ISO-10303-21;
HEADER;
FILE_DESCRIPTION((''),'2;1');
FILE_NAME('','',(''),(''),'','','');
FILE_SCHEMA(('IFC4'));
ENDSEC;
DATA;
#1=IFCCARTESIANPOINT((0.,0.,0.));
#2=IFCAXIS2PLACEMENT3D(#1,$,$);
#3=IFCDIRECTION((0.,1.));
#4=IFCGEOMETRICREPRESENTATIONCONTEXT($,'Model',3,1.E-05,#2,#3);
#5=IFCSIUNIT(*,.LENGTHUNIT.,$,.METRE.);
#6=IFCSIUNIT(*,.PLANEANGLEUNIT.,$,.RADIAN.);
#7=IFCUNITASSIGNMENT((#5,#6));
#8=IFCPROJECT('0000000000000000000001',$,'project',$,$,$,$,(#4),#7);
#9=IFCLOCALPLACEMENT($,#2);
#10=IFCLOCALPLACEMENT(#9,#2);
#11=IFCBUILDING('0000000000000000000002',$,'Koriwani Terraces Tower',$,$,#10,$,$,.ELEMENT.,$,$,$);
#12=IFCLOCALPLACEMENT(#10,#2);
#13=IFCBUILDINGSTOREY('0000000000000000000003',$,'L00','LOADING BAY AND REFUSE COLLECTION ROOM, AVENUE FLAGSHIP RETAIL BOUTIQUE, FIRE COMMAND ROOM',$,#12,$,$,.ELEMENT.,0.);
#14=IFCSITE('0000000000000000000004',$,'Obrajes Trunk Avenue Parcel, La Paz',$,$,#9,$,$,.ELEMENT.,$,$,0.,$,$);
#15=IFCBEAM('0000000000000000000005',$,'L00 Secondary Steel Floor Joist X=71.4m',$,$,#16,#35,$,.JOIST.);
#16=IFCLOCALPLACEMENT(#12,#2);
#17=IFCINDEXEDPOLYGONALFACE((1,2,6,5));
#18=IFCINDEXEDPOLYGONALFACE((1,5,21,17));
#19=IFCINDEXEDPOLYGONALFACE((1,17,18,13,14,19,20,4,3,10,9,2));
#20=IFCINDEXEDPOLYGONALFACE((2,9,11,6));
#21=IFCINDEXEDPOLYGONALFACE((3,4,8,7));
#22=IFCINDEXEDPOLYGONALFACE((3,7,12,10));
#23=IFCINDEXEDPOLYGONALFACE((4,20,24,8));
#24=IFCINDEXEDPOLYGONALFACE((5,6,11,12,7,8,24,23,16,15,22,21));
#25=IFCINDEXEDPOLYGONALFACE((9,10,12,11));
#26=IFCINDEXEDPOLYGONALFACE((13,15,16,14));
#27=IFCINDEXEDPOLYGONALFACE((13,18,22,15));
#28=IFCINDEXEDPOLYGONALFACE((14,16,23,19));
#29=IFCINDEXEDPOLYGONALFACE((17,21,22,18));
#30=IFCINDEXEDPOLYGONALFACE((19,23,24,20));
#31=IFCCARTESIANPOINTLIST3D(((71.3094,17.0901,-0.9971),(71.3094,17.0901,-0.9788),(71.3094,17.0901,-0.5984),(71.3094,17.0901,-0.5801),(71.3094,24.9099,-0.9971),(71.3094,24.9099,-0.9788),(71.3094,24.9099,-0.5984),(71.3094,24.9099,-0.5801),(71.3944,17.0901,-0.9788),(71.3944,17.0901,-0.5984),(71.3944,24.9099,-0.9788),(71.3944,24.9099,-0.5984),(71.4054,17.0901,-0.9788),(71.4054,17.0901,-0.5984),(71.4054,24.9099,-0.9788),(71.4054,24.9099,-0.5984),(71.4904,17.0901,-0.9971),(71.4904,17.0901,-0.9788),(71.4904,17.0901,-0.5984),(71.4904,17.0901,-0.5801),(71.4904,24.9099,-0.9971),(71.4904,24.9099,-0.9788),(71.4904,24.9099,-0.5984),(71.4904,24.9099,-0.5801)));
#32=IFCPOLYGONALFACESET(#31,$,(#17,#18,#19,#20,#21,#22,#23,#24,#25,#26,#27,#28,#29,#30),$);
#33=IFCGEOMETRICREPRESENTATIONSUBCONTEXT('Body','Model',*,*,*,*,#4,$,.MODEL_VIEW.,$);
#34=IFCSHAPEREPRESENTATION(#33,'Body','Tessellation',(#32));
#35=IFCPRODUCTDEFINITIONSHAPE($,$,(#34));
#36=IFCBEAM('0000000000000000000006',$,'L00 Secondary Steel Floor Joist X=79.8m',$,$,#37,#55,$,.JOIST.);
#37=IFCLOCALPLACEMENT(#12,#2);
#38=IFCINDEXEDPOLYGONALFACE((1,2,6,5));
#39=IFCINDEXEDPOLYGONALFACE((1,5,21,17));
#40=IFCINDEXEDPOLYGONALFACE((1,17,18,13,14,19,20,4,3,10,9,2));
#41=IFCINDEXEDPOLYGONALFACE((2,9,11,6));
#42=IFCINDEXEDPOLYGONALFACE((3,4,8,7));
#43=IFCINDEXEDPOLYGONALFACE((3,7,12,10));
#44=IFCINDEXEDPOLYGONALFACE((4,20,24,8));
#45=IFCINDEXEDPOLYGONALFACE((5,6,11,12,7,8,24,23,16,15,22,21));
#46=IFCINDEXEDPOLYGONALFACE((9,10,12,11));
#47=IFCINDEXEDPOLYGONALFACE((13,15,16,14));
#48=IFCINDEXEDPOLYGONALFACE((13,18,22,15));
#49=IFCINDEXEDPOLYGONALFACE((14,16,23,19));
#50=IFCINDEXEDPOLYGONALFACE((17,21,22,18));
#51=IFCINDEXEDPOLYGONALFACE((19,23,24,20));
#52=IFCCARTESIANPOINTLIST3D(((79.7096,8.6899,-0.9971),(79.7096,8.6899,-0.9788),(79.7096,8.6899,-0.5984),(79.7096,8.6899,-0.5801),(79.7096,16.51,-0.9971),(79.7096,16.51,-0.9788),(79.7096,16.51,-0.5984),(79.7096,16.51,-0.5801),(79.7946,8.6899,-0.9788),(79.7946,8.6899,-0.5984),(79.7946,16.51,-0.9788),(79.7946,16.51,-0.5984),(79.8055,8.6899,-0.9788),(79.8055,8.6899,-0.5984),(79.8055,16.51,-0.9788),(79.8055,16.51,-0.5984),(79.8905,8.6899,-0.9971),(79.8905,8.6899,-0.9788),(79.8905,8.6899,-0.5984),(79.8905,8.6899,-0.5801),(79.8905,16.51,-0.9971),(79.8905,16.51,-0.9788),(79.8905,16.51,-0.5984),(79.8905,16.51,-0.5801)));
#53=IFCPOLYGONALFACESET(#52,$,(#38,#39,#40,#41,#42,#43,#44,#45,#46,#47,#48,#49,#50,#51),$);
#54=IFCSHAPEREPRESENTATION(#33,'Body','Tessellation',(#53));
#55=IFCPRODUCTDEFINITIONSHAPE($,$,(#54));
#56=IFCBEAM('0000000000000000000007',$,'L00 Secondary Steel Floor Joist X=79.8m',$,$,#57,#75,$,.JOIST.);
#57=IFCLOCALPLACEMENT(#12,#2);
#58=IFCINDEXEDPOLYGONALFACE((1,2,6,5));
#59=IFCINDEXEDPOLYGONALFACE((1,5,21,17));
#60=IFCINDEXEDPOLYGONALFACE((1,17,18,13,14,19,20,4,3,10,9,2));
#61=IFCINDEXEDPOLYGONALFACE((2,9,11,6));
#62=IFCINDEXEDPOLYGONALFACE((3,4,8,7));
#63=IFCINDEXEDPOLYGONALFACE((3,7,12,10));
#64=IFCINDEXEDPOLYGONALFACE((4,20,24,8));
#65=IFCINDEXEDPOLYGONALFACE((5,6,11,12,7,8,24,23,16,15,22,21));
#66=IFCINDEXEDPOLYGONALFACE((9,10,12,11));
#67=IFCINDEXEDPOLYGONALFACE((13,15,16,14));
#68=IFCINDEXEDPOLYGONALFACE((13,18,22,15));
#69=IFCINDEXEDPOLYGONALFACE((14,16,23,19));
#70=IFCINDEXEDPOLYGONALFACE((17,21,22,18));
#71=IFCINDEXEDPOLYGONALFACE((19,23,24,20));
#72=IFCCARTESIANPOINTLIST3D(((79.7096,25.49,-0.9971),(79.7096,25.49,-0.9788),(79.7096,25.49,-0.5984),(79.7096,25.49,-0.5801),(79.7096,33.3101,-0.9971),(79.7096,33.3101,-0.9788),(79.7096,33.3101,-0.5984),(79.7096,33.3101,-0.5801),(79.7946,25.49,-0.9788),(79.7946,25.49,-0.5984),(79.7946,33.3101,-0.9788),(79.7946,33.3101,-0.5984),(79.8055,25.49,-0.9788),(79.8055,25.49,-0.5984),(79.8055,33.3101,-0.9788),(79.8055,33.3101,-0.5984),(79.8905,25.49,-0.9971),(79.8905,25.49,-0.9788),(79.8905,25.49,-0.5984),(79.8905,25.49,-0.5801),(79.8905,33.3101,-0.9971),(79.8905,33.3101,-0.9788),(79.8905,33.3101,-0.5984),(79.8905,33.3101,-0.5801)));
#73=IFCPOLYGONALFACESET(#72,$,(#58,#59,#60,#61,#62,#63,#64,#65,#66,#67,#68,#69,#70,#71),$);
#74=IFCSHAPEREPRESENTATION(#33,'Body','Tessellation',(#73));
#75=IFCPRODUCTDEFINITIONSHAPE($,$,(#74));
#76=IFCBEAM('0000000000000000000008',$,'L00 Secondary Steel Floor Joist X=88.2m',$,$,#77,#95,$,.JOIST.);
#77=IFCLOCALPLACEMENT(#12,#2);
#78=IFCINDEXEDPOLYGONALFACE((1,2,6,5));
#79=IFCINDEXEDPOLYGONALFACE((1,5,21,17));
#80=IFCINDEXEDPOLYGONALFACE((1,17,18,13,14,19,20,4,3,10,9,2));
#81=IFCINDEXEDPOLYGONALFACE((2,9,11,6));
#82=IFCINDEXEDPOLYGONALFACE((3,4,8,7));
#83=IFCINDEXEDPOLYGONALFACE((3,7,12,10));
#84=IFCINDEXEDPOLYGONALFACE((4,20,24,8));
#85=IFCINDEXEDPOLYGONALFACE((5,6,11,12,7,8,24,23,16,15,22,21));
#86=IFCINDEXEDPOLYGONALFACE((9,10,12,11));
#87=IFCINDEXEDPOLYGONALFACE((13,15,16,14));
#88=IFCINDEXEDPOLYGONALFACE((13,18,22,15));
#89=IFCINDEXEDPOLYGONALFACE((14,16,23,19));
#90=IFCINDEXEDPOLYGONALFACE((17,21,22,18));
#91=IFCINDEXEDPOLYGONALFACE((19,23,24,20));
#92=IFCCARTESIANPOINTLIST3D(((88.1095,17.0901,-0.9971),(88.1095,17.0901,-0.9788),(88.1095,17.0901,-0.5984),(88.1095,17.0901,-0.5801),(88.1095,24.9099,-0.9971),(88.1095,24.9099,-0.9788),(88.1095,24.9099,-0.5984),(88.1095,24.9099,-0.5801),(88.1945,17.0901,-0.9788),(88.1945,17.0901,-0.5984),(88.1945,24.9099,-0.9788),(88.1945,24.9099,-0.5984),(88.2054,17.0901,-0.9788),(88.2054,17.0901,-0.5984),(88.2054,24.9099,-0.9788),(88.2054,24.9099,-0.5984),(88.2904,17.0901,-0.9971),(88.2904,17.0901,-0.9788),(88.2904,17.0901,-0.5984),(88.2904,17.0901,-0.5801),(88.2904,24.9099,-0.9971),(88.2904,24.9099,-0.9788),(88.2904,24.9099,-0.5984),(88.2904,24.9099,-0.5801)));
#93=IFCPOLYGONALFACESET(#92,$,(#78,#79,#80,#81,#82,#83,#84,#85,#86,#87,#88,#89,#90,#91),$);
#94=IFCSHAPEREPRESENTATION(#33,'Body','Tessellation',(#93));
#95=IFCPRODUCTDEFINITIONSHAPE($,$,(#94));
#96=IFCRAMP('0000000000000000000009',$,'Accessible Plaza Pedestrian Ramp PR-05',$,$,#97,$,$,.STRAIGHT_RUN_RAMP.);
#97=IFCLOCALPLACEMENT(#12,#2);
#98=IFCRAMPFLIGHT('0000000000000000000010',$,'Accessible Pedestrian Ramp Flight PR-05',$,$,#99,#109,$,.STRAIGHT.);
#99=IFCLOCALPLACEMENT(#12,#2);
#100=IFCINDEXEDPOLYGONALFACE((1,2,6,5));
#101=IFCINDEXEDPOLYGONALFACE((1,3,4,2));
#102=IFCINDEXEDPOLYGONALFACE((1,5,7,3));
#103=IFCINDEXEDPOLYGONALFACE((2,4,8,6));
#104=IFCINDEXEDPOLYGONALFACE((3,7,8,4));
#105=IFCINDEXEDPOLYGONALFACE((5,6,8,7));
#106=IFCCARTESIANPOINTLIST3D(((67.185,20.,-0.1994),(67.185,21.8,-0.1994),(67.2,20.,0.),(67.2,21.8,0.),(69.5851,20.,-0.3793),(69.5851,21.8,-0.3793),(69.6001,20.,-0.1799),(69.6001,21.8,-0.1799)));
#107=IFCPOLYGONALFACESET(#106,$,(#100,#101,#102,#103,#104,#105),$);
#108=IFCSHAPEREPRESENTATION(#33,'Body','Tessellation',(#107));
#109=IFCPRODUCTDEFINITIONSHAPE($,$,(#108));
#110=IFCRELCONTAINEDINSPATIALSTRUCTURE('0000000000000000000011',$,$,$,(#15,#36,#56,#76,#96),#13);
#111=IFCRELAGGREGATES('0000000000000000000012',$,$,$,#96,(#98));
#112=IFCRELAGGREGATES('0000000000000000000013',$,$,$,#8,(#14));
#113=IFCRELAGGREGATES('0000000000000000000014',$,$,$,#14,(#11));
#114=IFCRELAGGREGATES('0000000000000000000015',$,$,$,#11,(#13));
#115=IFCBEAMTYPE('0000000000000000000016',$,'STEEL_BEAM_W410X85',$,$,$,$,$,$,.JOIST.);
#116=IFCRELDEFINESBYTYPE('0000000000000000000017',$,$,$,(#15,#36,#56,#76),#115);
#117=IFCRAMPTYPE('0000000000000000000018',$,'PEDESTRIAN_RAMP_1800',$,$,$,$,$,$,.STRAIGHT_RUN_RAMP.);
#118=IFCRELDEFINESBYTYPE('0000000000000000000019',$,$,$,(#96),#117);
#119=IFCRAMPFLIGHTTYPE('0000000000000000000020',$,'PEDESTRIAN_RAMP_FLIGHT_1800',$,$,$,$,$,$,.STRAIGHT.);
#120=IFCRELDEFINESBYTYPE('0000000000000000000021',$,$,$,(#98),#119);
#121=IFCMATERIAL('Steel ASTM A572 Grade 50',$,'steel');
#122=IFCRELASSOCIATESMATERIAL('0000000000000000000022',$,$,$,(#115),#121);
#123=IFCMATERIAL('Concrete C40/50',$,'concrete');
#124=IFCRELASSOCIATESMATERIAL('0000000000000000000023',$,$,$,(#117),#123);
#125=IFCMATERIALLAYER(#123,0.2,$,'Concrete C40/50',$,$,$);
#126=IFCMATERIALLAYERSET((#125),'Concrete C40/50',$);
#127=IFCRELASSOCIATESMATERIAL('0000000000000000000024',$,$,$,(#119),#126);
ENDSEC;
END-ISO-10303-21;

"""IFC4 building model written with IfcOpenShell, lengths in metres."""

from ifc_helpers import new_model, si_unit, direction, frame, origin, origin_2d, place, context, subcontext, project, spatial, polyline, i_section, outline, extrude, material, layer, layer_set, material_profile, profile_set, type_object, element, aggregate, save


model = new_model("IFC4")

# Units and contexts
model_context = context("Model", 3, precision=1e-05, world=origin(), true_north=direction((0.0, 1.0)))
body_context = subcontext(model_context, "Body", "Model", "MODEL_VIEW")
ifc_project = project(units=[si_unit("LENGTHUNIT", "METRE"), si_unit("PLANEANGLEUNIT", "RADIAN")], contexts=[model_context])

# Site, building, storey
site_placement = place(None, origin())
site = spatial("IfcSite", under=ifc_project, at=site_placement, Name="Obrajes Trunk Avenue Parcel, La Paz", CompositionType="ELEMENT", RefElevation=0.0)
building_placement = place(site_placement, origin())
building = spatial("IfcBuilding", under=site, at=building_placement, Name="Koriwani Terraces Tower", CompositionType="ELEMENT")
storey_placement = place(building_placement, origin())
storey = spatial("IfcBuildingStorey", under=building, at=storey_placement, Name="L00", Description="LOADING BAY AND REFUSE COLLECTION ROOM, AVENUE FLAGSHIP RETAIL BOUTIQUE, FIRE COMMAND ROOM", CompositionType="ELEMENT", Elevation=0.0)

# Beams
ifc_material_1 = material(Name="Steel ASTM A572 Grade 50", Category="steel")
ifc_material_profile_1 = material_profile(ifc_material_1, i_section(OverallWidth=0.1809, OverallDepth=0.417, WebThickness=0.011, FlangeThickness=0.0183, at=origin_2d()), Name="Steel ASTM A572 Grade 50", Category="LoadBearing")
ifc_profile_set_1 = profile_set([ifc_material_profile_1], Name="Steel ASTM A572 Grade 50")
beam_type_1 = type_object("IfcBeamType", Name="STEEL_BEAM_W410X85", PredefinedType="JOIST", material=ifc_profile_set_1)
beam_1_placement = place(storey_placement, frame((71.3999, 17.0901, -0.7886), z_axis=(0.0, 1.0, 0.0), x_axis=(-1.0, 0.0, 0.0)))
element("IfcBeam", 1, at=beam_1_placement, inside=storey, type_object=beam_type_1, Name="L00 Secondary Steel Floor Joist X=71.4m", PredefinedType="JOIST", context=body_context, shape_type="SweptSolid", body=[
    extrude(i_section(OverallWidth=0.1809, OverallDepth=0.417, WebThickness=0.011, FlangeThickness=0.0183, at=origin_2d()), origin(), (0.0, 0.0, 1.0), 7.8198),
])
for number, where, z_axis, x_axis, name in (
    (2, (79.8, 8.6899, -0.7886), (0.0, 1.0, 0.0), (-1.0, 0.0, 0.0), "L00 Secondary Steel Floor Joist X=79.8m"),
    (3, (79.8, 25.49, -0.7886), (0.0, 1.0, 0.0), (-1.0, 0.0, 0.0), "L00 Secondary Steel Floor Joist X=79.8m"),
):
    element("IfcBeam", number, at=place(storey_placement, frame(where, z_axis=z_axis, x_axis=x_axis)), inside=storey, type_object=beam_type_1, Name=name, PredefinedType="JOIST", context=body_context, shape_type="SweptSolid", body=[
        extrude(i_section(OverallWidth=0.1809, OverallDepth=0.417, WebThickness=0.011, FlangeThickness=0.0183, at=origin_2d()), origin(), (0.0, 0.0, 1.0), 7.8201),
    ])
beam_2_placement = place(storey_placement, frame((88.2, 17.0901, -0.7886), z_axis=(0.0, 1.0, 0.0), x_axis=(-1.0, 0.0, 0.0)))
element("IfcBeam", 4, at=beam_2_placement, inside=storey, type_object=beam_type_1, Name="L00 Secondary Steel Floor Joist X=88.2m", PredefinedType="JOIST", context=body_context, shape_type="SweptSolid", body=[
    extrude(i_section(OverallWidth=0.1809, OverallDepth=0.417, WebThickness=0.011, FlangeThickness=0.0183, at=origin_2d()), origin(), (0.0, 0.0, 1.0), 7.8198),
])

# Ramp, ramp flight
ifc_material_2 = material(Name="Concrete C40/50", Category="concrete")
ramp_type = type_object("IfcRampType", Name="PEDESTRIAN_RAMP_1800", PredefinedType="STRAIGHT_RUN_RAMP", material=ifc_material_2)
ramp_placement = place(storey_placement, origin())
ramp = element("IfcRamp", 5, at=ramp_placement, inside=storey, type_object=ramp_type, Name="Accessible Plaza Pedestrian Ramp PR-05", PredefinedType="STRAIGHT_RUN_RAMP")
ifc_layer = layer(ifc_material_2, 0.2, Name="Concrete C40/50")
ifc_layer_set = layer_set([ifc_layer], Name="Concrete C40/50")
ramp_flight_type = type_object("IfcRampFlightType", Name="PEDESTRIAN_RAMP_FLIGHT_1800", PredefinedType="STRAIGHT", material=ifc_layer_set)
ramp_flight_placement = place(storey_placement, frame((67.2, 20.0, 0.0), z_axis=(0.074757, 0.0, 0.997202), x_axis=(0.997202, 0.0, -0.074757)))
ramp_flight = element("IfcRampFlight", 6, at=ramp_flight_placement, type_object=ramp_flight_type, Name="Accessible Pedestrian Ramp Flight PR-05", PredefinedType="STRAIGHT", context=body_context, shape_type="SweptSolid", body=[
    extrude(outline(polyline([(0.0, 0.0), (2.4069, 0.0), (2.4069, 1.8), (0.0, 1.8), (0.0, 0.0)])), origin(), (0.0, 0.0, -1.0), 0.2),
])
aggregate(ramp, [ramp_flight])

save(model, "model.ifc")
